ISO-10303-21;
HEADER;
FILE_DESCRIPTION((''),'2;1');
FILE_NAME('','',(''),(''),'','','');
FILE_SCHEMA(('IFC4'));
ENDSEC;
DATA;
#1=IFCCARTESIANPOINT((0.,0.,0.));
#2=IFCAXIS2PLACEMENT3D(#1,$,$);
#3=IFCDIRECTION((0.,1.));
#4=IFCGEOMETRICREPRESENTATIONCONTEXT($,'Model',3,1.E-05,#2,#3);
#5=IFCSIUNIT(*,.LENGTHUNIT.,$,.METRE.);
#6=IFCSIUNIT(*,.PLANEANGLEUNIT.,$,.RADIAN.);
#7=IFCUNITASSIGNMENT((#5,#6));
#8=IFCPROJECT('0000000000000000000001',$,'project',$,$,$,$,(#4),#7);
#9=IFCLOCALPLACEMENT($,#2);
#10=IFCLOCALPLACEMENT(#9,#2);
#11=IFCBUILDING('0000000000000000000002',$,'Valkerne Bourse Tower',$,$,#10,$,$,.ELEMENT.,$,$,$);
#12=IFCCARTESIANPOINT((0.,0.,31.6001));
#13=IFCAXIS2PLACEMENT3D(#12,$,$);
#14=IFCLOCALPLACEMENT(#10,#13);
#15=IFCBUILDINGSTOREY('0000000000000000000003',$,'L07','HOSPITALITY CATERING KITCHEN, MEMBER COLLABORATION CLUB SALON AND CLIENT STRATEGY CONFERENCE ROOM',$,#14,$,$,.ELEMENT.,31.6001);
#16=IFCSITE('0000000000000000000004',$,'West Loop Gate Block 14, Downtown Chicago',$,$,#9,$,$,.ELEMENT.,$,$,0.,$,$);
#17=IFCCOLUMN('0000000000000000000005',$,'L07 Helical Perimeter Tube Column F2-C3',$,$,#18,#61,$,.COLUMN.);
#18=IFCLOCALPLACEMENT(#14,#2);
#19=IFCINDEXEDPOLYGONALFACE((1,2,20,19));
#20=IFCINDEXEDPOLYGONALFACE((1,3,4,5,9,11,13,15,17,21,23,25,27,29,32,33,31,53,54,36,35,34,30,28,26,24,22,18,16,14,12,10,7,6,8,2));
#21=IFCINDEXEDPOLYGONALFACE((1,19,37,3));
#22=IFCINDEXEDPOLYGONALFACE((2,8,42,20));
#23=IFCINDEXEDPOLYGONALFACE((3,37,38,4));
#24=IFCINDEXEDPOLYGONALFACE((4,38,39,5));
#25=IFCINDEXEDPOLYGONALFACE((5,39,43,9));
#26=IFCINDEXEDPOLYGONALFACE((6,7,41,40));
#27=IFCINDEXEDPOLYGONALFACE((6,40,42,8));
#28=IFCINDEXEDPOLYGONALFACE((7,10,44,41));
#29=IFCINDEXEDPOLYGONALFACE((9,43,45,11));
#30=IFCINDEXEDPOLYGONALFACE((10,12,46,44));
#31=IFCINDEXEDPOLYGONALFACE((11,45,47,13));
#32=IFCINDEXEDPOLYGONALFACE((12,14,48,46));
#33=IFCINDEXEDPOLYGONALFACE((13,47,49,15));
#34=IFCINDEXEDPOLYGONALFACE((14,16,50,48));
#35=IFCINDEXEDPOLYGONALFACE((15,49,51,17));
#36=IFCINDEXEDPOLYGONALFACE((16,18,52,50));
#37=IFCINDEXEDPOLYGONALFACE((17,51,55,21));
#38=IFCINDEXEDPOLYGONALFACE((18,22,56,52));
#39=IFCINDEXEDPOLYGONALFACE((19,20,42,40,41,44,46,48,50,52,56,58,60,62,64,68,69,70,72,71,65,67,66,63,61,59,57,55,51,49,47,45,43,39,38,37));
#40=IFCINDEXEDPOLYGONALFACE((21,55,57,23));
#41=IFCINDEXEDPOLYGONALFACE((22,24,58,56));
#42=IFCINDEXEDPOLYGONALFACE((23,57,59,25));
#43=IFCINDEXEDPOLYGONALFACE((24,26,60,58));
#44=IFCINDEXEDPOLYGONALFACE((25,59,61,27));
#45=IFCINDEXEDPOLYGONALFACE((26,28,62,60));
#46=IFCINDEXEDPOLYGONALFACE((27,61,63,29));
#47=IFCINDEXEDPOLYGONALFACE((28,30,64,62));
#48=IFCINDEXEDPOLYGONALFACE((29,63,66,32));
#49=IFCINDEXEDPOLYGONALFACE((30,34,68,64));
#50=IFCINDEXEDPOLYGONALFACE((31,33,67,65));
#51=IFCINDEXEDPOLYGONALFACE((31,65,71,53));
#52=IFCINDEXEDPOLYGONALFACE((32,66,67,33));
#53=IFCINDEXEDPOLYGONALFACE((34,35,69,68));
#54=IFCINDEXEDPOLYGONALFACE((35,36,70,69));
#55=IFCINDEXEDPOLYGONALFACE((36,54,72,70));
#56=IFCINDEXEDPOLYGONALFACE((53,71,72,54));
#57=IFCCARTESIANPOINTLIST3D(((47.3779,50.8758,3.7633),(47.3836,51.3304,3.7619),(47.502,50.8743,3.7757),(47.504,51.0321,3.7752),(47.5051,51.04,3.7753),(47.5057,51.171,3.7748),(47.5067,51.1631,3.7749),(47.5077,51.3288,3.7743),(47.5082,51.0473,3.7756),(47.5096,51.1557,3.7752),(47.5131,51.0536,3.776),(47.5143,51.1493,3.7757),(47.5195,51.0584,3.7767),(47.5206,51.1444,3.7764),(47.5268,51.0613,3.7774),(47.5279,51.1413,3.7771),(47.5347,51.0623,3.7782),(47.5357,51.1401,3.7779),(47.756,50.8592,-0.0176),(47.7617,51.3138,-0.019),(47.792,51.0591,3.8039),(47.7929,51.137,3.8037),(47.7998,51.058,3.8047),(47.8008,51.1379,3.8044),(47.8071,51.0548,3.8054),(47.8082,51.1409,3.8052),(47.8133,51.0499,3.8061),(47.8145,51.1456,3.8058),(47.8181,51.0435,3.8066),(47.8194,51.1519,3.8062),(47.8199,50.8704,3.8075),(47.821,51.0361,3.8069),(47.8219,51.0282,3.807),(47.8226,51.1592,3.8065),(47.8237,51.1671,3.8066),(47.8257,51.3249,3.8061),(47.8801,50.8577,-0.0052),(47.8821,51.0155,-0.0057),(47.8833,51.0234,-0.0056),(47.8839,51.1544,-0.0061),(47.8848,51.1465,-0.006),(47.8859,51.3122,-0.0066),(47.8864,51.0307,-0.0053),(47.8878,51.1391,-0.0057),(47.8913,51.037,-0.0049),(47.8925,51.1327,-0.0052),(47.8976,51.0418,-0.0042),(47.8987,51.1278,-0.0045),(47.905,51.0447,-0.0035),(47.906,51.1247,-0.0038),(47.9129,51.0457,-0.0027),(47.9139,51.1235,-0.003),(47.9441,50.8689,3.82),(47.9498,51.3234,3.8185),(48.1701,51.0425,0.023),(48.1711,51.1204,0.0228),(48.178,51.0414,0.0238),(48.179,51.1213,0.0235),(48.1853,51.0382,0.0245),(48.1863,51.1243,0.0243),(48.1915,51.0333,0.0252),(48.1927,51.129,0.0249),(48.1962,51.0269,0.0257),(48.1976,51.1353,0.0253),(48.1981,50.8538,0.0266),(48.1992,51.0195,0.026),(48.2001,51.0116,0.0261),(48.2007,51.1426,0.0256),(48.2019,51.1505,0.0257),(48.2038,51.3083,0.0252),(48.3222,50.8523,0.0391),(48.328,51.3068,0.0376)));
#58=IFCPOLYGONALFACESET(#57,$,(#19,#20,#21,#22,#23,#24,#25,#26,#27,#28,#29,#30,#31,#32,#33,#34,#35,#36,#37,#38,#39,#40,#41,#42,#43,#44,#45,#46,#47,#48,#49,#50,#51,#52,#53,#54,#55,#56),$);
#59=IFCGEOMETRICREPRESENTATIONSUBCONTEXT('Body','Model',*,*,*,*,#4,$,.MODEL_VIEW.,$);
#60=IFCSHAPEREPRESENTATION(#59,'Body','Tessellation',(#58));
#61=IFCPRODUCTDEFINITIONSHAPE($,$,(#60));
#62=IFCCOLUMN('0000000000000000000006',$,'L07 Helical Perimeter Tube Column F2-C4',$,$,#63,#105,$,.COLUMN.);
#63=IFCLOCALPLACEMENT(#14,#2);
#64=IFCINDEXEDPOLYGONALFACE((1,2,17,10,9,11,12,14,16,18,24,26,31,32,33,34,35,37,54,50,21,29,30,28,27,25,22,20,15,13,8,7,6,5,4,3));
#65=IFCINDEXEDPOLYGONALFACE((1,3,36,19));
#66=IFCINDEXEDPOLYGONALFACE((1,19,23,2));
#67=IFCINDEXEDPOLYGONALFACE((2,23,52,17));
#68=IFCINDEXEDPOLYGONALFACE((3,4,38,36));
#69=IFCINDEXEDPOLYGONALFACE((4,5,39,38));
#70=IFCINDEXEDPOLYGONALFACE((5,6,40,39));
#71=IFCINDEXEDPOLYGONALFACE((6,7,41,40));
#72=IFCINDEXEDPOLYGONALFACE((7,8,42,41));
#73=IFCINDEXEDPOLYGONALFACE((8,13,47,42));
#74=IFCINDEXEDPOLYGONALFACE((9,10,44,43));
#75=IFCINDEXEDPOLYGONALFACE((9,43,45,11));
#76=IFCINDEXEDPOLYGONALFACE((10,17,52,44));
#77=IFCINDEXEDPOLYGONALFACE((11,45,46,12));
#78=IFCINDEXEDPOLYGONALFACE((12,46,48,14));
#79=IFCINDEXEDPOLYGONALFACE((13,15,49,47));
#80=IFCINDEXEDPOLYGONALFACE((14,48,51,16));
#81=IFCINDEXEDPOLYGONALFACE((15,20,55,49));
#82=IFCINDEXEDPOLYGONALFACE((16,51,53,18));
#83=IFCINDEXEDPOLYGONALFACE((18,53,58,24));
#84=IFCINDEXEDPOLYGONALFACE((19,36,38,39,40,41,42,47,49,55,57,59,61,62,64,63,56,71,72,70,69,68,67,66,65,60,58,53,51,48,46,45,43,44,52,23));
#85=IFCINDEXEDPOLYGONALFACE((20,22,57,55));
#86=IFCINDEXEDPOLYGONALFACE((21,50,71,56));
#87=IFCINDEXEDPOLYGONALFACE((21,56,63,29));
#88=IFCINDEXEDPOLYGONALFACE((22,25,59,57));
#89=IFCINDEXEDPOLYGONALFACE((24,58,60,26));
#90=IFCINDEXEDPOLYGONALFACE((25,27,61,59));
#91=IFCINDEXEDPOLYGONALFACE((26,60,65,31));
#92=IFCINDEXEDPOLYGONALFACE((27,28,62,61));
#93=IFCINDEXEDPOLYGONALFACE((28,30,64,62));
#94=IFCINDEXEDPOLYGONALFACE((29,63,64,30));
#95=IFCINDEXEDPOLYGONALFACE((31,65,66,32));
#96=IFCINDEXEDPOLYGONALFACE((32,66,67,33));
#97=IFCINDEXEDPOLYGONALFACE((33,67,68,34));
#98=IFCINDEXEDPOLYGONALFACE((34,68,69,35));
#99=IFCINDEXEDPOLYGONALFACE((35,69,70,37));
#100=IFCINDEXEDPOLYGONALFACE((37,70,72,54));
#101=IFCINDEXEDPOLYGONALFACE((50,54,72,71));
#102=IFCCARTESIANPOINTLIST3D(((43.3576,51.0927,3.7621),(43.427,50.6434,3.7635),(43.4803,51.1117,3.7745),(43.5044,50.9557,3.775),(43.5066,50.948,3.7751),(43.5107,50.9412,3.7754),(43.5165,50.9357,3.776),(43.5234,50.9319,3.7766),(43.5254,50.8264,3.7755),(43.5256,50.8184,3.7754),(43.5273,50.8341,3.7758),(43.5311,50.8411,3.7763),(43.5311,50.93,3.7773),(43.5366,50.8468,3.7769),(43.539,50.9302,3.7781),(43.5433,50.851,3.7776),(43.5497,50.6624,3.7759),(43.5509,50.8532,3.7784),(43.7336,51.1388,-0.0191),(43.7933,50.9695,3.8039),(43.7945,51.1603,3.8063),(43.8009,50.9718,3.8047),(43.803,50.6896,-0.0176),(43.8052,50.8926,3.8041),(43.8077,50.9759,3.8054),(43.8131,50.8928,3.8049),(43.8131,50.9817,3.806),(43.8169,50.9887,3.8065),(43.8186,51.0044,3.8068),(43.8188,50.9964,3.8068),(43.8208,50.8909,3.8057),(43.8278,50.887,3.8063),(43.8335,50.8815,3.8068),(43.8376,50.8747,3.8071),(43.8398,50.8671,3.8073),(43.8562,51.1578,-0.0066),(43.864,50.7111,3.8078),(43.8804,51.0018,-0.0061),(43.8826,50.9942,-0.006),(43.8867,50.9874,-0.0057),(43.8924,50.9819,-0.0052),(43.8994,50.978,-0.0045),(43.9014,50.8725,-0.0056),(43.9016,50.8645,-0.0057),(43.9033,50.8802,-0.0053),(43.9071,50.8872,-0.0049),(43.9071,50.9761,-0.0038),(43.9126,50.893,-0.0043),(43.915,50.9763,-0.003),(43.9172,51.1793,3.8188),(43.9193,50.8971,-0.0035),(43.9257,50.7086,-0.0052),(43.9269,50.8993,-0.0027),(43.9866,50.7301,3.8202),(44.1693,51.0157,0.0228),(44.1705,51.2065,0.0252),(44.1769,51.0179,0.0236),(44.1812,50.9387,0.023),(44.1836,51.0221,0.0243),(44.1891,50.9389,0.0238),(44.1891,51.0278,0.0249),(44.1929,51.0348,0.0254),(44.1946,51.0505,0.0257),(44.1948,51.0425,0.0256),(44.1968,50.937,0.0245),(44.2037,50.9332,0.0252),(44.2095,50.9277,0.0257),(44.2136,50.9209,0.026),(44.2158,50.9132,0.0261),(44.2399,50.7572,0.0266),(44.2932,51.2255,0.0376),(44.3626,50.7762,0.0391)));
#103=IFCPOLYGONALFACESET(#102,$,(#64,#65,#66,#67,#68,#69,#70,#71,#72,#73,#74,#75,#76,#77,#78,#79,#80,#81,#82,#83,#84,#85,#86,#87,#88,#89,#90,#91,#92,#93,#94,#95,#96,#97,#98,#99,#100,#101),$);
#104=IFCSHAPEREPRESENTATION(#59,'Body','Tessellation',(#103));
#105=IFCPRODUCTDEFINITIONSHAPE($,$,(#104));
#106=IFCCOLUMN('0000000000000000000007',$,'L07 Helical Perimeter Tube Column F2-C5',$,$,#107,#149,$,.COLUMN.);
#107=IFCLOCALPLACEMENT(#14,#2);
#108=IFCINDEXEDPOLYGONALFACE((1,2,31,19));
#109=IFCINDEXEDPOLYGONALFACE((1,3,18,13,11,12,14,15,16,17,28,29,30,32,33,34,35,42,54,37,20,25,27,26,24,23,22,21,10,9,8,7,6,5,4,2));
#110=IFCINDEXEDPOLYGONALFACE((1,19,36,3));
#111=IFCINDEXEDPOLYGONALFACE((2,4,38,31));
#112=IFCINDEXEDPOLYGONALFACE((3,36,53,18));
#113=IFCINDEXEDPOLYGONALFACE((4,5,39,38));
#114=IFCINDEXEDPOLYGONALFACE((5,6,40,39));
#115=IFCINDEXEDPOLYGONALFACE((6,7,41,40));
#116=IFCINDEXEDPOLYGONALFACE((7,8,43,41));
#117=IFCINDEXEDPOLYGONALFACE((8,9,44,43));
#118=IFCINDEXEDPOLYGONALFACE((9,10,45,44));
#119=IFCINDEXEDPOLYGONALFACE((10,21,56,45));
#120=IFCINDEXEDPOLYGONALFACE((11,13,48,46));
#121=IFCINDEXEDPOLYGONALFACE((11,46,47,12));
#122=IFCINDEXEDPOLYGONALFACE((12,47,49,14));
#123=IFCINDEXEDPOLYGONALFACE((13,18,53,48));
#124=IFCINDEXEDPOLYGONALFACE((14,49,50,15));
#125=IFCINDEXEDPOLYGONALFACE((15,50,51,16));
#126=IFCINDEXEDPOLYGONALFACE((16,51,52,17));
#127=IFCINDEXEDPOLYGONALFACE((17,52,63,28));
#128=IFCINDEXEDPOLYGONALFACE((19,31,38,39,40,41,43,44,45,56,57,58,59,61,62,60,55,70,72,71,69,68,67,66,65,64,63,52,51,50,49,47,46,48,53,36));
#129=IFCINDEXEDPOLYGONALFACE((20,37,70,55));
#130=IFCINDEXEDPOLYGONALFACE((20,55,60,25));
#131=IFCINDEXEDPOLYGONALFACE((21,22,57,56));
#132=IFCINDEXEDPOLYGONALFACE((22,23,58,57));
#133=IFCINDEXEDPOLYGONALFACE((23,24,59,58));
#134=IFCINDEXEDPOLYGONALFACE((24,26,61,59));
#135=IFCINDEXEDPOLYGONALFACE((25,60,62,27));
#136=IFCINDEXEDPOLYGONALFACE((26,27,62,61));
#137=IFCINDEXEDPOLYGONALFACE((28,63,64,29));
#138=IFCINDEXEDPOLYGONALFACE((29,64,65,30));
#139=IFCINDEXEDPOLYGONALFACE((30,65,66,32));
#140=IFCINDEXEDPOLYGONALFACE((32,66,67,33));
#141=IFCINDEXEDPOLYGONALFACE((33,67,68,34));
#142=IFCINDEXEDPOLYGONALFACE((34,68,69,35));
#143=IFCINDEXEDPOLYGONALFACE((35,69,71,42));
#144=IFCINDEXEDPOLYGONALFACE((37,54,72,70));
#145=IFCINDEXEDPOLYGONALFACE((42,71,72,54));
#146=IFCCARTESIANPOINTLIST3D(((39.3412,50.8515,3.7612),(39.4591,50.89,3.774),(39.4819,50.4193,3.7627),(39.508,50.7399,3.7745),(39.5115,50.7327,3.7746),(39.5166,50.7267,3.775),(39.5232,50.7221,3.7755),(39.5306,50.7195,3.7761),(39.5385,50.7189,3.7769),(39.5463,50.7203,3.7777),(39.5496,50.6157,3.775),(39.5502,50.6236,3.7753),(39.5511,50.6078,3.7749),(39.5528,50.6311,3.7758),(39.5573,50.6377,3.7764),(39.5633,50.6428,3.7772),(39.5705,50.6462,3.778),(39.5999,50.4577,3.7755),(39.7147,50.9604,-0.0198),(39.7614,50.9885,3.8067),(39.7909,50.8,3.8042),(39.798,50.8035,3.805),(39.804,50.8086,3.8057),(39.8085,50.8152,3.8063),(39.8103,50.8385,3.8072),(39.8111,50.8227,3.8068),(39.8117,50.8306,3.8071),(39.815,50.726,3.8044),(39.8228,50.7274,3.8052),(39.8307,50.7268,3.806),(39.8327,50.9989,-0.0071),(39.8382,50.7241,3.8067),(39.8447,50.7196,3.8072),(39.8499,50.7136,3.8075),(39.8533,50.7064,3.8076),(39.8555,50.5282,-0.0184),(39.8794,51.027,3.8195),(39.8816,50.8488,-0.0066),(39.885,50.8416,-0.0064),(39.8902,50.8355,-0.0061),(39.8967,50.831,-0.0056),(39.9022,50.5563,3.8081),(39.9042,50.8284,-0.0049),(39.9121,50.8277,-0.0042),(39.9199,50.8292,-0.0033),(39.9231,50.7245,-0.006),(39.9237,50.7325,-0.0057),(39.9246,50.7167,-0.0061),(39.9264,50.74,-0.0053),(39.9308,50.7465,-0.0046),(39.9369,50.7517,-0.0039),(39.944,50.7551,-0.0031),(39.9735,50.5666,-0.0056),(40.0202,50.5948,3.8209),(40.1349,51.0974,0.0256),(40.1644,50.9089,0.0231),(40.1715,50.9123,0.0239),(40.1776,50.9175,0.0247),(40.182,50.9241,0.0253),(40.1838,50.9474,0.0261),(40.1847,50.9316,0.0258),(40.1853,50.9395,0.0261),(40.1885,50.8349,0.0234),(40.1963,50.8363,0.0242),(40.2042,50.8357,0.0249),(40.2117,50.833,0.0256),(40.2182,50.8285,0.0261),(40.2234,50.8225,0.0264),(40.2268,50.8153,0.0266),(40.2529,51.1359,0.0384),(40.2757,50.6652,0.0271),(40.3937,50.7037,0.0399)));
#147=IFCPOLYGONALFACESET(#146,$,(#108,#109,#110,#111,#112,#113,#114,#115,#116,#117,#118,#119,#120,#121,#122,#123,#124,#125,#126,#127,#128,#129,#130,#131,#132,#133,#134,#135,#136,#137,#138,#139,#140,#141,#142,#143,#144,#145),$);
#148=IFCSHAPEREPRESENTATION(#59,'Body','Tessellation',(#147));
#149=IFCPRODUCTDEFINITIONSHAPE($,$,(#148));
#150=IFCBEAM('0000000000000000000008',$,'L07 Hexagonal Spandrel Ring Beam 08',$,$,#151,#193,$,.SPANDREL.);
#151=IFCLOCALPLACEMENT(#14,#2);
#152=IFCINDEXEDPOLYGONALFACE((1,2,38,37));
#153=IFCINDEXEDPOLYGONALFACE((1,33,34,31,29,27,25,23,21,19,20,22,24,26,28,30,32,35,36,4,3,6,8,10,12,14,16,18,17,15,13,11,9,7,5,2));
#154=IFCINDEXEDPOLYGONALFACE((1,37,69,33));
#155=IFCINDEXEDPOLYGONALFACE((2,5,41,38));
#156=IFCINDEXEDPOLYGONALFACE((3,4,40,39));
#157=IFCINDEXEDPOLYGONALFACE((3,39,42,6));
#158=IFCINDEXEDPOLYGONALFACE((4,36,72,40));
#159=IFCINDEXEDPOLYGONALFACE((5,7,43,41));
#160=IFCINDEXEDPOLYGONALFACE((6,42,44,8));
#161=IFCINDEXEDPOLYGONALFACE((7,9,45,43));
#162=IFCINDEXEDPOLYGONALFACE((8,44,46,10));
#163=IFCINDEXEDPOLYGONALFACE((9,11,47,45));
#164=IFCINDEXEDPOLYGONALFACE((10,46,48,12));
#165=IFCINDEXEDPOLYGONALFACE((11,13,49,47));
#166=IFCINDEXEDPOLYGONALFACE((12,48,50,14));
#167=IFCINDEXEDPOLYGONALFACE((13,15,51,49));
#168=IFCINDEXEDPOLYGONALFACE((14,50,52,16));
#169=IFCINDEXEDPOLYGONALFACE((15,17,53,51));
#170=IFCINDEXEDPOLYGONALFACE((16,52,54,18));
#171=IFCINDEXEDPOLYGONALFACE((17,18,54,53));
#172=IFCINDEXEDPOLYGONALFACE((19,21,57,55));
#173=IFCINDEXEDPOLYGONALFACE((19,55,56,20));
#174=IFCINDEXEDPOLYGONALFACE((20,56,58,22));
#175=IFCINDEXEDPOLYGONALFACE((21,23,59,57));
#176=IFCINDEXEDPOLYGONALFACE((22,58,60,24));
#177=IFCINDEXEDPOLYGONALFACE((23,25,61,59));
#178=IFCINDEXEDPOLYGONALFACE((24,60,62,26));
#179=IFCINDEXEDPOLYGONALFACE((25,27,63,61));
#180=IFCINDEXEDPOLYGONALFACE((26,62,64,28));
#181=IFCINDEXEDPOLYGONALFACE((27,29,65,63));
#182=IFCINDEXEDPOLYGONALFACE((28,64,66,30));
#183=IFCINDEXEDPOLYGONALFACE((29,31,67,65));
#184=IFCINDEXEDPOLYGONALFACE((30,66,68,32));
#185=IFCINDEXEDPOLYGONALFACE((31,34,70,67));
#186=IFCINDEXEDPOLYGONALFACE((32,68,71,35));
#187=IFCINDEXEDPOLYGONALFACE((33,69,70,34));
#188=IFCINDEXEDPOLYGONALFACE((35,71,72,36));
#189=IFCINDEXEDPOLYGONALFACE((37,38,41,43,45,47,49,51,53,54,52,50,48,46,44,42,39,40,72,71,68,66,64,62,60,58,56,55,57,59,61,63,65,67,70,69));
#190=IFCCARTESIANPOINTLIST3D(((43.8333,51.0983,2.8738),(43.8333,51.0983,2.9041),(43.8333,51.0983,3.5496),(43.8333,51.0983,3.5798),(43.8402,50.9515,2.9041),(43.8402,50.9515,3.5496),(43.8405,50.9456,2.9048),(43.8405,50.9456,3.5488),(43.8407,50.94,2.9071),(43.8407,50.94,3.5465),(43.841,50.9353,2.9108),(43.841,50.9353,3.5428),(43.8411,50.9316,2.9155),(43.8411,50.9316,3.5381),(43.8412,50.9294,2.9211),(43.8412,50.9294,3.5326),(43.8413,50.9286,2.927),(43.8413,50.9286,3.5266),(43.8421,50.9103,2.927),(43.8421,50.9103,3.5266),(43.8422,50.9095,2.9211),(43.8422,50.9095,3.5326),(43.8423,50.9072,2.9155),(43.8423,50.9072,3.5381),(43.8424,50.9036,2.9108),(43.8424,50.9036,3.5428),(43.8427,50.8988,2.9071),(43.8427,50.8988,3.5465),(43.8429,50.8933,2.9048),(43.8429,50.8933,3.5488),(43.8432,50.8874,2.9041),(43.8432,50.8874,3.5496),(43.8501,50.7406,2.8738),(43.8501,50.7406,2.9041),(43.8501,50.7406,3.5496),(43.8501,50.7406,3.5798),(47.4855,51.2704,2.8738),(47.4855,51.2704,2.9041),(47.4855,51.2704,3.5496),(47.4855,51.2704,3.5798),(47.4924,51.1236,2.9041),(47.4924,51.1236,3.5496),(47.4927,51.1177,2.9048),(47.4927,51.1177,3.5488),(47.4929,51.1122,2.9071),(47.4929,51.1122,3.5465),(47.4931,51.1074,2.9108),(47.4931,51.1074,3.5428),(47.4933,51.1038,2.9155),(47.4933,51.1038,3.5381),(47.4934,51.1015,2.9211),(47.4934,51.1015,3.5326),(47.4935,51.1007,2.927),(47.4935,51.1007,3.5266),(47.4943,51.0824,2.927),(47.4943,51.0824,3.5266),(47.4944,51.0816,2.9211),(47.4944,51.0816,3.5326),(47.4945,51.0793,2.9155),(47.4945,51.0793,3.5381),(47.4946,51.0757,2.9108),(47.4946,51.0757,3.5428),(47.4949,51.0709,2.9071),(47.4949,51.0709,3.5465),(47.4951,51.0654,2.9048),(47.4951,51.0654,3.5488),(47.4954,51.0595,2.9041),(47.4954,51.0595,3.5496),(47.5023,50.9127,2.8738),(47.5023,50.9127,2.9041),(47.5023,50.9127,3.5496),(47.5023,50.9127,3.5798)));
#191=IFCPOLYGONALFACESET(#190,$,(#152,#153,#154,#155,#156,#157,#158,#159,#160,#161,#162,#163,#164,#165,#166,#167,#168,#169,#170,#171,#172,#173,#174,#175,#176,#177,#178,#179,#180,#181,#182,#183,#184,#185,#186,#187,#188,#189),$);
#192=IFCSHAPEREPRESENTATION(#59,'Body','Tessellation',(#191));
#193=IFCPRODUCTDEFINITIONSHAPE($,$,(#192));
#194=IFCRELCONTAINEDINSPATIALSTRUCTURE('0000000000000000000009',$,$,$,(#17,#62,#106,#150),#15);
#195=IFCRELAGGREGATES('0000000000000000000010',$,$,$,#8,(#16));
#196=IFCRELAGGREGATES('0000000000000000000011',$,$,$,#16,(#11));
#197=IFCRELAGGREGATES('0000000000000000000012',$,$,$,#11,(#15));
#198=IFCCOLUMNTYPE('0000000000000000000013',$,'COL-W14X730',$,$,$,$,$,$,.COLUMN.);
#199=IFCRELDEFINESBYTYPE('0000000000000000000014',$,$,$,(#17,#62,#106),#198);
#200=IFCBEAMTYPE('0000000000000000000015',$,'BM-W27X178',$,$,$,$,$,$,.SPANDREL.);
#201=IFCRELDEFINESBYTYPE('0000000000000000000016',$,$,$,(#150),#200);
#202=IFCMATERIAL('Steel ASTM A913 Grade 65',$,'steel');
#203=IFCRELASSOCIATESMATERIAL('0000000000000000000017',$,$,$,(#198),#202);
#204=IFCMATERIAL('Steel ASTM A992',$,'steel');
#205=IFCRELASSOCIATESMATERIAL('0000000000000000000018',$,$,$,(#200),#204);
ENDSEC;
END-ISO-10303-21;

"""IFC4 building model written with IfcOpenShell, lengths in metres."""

from ifc_helpers import new_model, si_unit, direction, frame, origin, origin_2d, place, context, subcontext, project, spatial, i_section, extrude, material, material_profile, profile_set, type_object, element, save


model = new_model("IFC4")

# Units and contexts
model_context = context("Model", 3, precision=1e-05, world=origin(), true_north=direction((0.0, 1.0)))
body_context = subcontext(model_context, "Body", "Model", "MODEL_VIEW")
ifc_project = project(units=[si_unit("LENGTHUNIT", "METRE"), si_unit("PLANEANGLEUNIT", "RADIAN")], contexts=[model_context])

# Site, building, storey
site_placement = place(None, origin())
site = spatial("IfcSite", under=ifc_project, at=site_placement, Name="West Loop Gate Block 14, Downtown Chicago", CompositionType="ELEMENT", RefElevation=0.0)
building_placement = place(site_placement, origin())
building = spatial("IfcBuilding", under=site, at=building_placement, Name="Valkerne Bourse Tower", CompositionType="ELEMENT")
storey_placement = place(building_placement, frame((0.0, 0.0, 31.6001)))
storey = spatial("IfcBuildingStorey", under=building, at=storey_placement, Name="L07", Description="HOSPITALITY CATERING KITCHEN, MEMBER COLLABORATION CLUB SALON AND CLIENT STRATEGY CONFERENCE ROOM", CompositionType="ELEMENT", Elevation=31.6001)

# Columns
ifc_material_1 = material(Name="Steel ASTM A913 Grade 65", Category="steel")
ifc_material_profile_1 = material_profile(ifc_material_1, i_section(OverallWidth=0.4546, OverallDepth=0.5691, WebThickness=0.0779, FlangeThickness=0.1248, FilletRadius=0.0305, at=origin_2d()), Name="W14X730")
ifc_profile_set_1 = profile_set([ifc_material_profile_1], Name="Steel ASTM A913 Grade 65")
column_type = type_object("IfcColumnType", Name="COL-W14X730", PredefinedType="COLUMN", material=ifc_profile_set_1)
column_1_placement = place(storey_placement, frame((48.042, 51.083, 0.01), z_axis=(-0.099522, 0.004369, 0.995026), x_axis=(0.012611, 0.999916, -0.003129)))
element("IfcColumn", 1, at=column_1_placement, inside=storey, type_object=column_type, Name="L07 Helical Perimeter Tube Column F2-C3", PredefinedType="COLUMN", context=body_context, shape_type="SweptSolid", body=[
    extrude(i_section(OverallWidth=0.4546, OverallDepth=0.5691, WebThickness=0.0779, FlangeThickness=0.1248, FilletRadius=0.0305, at=origin_2d()), origin(), (0.0, 0.0, 1.0), 3.7998),
])
column_2_placement = place(storey_placement, frame((44.0481, 50.9575, 0.01), z_axis=(-0.098943, -0.012143, 0.995019), x_axis=(-0.152775, 0.988256, -0.003131)))
element("IfcColumn", 2, at=column_2_placement, inside=storey, type_object=column_type, Name="L07 Helical Perimeter Tube Column F2-C4", PredefinedType="COLUMN", context=body_context, shape_type="SweptSolid", body=[
    extrude(i_section(OverallWidth=0.4546, OverallDepth=0.5691, WebThickness=0.0779, FlangeThickness=0.1248, FilletRadius=0.0305, at=origin_2d()), origin(), (0.0, 0.0, 1.0), 3.8),
])
column_3_placement = place(storey_placement, frame((40.0542, 50.832, 0.01), z_axis=(-0.098274, -0.028647, 0.994747), x_axis=(-0.309715, 0.950824, -0.003215)))
element("IfcColumn", 3, at=column_3_placement, inside=storey, type_object=column_type, Name="L07 Helical Perimeter Tube Column F2-C5", PredefinedType="COLUMN", context=body_context, shape_type="SweptSolid", body=[
    extrude(i_section(OverallWidth=0.4546, OverallDepth=0.5691, WebThickness=0.0779, FlangeThickness=0.1248, FilletRadius=0.0305, at=origin_2d()), origin(), (0.0, 0.0, 1.0), 3.801),
])

# Beam
ifc_material_2 = material(Name="Steel ASTM A992", Category="steel")
ifc_material_profile_2 = material_profile(ifc_material_2, i_section(OverallWidth=0.3582, OverallDepth=0.7061, WebThickness=0.0183, FlangeThickness=0.0303, FilletRadius=0.0229, at=origin_2d()), Name="W27X178")
ifc_profile_set_2 = profile_set([ifc_material_profile_2], Name="Steel ASTM A992")
beam_type_1 = type_object("IfcBeamType", Name="BM-W27X178", PredefinedType="SPANDREL", material=ifc_profile_set_2)
beam_1_placement = place(storey_placement, frame((47.4939, 51.0916, 3.2268), z_axis=(-0.998891, -0.047077, 0.0), x_axis=(0.047077, -0.998891, 0.0)))
element("IfcBeam", 4, at=beam_1_placement, inside=storey, type_object=beam_type_1, Name="L07 Hexagonal Spandrel Ring Beam 08", PredefinedType="SPANDREL", context=body_context, shape_type="SweptSolid", body=[
    extrude(i_section(OverallWidth=0.3582, OverallDepth=0.7061, WebThickness=0.0183, FlangeThickness=0.0303, FilletRadius=0.0229, at=origin_2d()), origin(), (0.0, 0.0, 1.0), 3.6562),
])

save(model, "model.ifc")
